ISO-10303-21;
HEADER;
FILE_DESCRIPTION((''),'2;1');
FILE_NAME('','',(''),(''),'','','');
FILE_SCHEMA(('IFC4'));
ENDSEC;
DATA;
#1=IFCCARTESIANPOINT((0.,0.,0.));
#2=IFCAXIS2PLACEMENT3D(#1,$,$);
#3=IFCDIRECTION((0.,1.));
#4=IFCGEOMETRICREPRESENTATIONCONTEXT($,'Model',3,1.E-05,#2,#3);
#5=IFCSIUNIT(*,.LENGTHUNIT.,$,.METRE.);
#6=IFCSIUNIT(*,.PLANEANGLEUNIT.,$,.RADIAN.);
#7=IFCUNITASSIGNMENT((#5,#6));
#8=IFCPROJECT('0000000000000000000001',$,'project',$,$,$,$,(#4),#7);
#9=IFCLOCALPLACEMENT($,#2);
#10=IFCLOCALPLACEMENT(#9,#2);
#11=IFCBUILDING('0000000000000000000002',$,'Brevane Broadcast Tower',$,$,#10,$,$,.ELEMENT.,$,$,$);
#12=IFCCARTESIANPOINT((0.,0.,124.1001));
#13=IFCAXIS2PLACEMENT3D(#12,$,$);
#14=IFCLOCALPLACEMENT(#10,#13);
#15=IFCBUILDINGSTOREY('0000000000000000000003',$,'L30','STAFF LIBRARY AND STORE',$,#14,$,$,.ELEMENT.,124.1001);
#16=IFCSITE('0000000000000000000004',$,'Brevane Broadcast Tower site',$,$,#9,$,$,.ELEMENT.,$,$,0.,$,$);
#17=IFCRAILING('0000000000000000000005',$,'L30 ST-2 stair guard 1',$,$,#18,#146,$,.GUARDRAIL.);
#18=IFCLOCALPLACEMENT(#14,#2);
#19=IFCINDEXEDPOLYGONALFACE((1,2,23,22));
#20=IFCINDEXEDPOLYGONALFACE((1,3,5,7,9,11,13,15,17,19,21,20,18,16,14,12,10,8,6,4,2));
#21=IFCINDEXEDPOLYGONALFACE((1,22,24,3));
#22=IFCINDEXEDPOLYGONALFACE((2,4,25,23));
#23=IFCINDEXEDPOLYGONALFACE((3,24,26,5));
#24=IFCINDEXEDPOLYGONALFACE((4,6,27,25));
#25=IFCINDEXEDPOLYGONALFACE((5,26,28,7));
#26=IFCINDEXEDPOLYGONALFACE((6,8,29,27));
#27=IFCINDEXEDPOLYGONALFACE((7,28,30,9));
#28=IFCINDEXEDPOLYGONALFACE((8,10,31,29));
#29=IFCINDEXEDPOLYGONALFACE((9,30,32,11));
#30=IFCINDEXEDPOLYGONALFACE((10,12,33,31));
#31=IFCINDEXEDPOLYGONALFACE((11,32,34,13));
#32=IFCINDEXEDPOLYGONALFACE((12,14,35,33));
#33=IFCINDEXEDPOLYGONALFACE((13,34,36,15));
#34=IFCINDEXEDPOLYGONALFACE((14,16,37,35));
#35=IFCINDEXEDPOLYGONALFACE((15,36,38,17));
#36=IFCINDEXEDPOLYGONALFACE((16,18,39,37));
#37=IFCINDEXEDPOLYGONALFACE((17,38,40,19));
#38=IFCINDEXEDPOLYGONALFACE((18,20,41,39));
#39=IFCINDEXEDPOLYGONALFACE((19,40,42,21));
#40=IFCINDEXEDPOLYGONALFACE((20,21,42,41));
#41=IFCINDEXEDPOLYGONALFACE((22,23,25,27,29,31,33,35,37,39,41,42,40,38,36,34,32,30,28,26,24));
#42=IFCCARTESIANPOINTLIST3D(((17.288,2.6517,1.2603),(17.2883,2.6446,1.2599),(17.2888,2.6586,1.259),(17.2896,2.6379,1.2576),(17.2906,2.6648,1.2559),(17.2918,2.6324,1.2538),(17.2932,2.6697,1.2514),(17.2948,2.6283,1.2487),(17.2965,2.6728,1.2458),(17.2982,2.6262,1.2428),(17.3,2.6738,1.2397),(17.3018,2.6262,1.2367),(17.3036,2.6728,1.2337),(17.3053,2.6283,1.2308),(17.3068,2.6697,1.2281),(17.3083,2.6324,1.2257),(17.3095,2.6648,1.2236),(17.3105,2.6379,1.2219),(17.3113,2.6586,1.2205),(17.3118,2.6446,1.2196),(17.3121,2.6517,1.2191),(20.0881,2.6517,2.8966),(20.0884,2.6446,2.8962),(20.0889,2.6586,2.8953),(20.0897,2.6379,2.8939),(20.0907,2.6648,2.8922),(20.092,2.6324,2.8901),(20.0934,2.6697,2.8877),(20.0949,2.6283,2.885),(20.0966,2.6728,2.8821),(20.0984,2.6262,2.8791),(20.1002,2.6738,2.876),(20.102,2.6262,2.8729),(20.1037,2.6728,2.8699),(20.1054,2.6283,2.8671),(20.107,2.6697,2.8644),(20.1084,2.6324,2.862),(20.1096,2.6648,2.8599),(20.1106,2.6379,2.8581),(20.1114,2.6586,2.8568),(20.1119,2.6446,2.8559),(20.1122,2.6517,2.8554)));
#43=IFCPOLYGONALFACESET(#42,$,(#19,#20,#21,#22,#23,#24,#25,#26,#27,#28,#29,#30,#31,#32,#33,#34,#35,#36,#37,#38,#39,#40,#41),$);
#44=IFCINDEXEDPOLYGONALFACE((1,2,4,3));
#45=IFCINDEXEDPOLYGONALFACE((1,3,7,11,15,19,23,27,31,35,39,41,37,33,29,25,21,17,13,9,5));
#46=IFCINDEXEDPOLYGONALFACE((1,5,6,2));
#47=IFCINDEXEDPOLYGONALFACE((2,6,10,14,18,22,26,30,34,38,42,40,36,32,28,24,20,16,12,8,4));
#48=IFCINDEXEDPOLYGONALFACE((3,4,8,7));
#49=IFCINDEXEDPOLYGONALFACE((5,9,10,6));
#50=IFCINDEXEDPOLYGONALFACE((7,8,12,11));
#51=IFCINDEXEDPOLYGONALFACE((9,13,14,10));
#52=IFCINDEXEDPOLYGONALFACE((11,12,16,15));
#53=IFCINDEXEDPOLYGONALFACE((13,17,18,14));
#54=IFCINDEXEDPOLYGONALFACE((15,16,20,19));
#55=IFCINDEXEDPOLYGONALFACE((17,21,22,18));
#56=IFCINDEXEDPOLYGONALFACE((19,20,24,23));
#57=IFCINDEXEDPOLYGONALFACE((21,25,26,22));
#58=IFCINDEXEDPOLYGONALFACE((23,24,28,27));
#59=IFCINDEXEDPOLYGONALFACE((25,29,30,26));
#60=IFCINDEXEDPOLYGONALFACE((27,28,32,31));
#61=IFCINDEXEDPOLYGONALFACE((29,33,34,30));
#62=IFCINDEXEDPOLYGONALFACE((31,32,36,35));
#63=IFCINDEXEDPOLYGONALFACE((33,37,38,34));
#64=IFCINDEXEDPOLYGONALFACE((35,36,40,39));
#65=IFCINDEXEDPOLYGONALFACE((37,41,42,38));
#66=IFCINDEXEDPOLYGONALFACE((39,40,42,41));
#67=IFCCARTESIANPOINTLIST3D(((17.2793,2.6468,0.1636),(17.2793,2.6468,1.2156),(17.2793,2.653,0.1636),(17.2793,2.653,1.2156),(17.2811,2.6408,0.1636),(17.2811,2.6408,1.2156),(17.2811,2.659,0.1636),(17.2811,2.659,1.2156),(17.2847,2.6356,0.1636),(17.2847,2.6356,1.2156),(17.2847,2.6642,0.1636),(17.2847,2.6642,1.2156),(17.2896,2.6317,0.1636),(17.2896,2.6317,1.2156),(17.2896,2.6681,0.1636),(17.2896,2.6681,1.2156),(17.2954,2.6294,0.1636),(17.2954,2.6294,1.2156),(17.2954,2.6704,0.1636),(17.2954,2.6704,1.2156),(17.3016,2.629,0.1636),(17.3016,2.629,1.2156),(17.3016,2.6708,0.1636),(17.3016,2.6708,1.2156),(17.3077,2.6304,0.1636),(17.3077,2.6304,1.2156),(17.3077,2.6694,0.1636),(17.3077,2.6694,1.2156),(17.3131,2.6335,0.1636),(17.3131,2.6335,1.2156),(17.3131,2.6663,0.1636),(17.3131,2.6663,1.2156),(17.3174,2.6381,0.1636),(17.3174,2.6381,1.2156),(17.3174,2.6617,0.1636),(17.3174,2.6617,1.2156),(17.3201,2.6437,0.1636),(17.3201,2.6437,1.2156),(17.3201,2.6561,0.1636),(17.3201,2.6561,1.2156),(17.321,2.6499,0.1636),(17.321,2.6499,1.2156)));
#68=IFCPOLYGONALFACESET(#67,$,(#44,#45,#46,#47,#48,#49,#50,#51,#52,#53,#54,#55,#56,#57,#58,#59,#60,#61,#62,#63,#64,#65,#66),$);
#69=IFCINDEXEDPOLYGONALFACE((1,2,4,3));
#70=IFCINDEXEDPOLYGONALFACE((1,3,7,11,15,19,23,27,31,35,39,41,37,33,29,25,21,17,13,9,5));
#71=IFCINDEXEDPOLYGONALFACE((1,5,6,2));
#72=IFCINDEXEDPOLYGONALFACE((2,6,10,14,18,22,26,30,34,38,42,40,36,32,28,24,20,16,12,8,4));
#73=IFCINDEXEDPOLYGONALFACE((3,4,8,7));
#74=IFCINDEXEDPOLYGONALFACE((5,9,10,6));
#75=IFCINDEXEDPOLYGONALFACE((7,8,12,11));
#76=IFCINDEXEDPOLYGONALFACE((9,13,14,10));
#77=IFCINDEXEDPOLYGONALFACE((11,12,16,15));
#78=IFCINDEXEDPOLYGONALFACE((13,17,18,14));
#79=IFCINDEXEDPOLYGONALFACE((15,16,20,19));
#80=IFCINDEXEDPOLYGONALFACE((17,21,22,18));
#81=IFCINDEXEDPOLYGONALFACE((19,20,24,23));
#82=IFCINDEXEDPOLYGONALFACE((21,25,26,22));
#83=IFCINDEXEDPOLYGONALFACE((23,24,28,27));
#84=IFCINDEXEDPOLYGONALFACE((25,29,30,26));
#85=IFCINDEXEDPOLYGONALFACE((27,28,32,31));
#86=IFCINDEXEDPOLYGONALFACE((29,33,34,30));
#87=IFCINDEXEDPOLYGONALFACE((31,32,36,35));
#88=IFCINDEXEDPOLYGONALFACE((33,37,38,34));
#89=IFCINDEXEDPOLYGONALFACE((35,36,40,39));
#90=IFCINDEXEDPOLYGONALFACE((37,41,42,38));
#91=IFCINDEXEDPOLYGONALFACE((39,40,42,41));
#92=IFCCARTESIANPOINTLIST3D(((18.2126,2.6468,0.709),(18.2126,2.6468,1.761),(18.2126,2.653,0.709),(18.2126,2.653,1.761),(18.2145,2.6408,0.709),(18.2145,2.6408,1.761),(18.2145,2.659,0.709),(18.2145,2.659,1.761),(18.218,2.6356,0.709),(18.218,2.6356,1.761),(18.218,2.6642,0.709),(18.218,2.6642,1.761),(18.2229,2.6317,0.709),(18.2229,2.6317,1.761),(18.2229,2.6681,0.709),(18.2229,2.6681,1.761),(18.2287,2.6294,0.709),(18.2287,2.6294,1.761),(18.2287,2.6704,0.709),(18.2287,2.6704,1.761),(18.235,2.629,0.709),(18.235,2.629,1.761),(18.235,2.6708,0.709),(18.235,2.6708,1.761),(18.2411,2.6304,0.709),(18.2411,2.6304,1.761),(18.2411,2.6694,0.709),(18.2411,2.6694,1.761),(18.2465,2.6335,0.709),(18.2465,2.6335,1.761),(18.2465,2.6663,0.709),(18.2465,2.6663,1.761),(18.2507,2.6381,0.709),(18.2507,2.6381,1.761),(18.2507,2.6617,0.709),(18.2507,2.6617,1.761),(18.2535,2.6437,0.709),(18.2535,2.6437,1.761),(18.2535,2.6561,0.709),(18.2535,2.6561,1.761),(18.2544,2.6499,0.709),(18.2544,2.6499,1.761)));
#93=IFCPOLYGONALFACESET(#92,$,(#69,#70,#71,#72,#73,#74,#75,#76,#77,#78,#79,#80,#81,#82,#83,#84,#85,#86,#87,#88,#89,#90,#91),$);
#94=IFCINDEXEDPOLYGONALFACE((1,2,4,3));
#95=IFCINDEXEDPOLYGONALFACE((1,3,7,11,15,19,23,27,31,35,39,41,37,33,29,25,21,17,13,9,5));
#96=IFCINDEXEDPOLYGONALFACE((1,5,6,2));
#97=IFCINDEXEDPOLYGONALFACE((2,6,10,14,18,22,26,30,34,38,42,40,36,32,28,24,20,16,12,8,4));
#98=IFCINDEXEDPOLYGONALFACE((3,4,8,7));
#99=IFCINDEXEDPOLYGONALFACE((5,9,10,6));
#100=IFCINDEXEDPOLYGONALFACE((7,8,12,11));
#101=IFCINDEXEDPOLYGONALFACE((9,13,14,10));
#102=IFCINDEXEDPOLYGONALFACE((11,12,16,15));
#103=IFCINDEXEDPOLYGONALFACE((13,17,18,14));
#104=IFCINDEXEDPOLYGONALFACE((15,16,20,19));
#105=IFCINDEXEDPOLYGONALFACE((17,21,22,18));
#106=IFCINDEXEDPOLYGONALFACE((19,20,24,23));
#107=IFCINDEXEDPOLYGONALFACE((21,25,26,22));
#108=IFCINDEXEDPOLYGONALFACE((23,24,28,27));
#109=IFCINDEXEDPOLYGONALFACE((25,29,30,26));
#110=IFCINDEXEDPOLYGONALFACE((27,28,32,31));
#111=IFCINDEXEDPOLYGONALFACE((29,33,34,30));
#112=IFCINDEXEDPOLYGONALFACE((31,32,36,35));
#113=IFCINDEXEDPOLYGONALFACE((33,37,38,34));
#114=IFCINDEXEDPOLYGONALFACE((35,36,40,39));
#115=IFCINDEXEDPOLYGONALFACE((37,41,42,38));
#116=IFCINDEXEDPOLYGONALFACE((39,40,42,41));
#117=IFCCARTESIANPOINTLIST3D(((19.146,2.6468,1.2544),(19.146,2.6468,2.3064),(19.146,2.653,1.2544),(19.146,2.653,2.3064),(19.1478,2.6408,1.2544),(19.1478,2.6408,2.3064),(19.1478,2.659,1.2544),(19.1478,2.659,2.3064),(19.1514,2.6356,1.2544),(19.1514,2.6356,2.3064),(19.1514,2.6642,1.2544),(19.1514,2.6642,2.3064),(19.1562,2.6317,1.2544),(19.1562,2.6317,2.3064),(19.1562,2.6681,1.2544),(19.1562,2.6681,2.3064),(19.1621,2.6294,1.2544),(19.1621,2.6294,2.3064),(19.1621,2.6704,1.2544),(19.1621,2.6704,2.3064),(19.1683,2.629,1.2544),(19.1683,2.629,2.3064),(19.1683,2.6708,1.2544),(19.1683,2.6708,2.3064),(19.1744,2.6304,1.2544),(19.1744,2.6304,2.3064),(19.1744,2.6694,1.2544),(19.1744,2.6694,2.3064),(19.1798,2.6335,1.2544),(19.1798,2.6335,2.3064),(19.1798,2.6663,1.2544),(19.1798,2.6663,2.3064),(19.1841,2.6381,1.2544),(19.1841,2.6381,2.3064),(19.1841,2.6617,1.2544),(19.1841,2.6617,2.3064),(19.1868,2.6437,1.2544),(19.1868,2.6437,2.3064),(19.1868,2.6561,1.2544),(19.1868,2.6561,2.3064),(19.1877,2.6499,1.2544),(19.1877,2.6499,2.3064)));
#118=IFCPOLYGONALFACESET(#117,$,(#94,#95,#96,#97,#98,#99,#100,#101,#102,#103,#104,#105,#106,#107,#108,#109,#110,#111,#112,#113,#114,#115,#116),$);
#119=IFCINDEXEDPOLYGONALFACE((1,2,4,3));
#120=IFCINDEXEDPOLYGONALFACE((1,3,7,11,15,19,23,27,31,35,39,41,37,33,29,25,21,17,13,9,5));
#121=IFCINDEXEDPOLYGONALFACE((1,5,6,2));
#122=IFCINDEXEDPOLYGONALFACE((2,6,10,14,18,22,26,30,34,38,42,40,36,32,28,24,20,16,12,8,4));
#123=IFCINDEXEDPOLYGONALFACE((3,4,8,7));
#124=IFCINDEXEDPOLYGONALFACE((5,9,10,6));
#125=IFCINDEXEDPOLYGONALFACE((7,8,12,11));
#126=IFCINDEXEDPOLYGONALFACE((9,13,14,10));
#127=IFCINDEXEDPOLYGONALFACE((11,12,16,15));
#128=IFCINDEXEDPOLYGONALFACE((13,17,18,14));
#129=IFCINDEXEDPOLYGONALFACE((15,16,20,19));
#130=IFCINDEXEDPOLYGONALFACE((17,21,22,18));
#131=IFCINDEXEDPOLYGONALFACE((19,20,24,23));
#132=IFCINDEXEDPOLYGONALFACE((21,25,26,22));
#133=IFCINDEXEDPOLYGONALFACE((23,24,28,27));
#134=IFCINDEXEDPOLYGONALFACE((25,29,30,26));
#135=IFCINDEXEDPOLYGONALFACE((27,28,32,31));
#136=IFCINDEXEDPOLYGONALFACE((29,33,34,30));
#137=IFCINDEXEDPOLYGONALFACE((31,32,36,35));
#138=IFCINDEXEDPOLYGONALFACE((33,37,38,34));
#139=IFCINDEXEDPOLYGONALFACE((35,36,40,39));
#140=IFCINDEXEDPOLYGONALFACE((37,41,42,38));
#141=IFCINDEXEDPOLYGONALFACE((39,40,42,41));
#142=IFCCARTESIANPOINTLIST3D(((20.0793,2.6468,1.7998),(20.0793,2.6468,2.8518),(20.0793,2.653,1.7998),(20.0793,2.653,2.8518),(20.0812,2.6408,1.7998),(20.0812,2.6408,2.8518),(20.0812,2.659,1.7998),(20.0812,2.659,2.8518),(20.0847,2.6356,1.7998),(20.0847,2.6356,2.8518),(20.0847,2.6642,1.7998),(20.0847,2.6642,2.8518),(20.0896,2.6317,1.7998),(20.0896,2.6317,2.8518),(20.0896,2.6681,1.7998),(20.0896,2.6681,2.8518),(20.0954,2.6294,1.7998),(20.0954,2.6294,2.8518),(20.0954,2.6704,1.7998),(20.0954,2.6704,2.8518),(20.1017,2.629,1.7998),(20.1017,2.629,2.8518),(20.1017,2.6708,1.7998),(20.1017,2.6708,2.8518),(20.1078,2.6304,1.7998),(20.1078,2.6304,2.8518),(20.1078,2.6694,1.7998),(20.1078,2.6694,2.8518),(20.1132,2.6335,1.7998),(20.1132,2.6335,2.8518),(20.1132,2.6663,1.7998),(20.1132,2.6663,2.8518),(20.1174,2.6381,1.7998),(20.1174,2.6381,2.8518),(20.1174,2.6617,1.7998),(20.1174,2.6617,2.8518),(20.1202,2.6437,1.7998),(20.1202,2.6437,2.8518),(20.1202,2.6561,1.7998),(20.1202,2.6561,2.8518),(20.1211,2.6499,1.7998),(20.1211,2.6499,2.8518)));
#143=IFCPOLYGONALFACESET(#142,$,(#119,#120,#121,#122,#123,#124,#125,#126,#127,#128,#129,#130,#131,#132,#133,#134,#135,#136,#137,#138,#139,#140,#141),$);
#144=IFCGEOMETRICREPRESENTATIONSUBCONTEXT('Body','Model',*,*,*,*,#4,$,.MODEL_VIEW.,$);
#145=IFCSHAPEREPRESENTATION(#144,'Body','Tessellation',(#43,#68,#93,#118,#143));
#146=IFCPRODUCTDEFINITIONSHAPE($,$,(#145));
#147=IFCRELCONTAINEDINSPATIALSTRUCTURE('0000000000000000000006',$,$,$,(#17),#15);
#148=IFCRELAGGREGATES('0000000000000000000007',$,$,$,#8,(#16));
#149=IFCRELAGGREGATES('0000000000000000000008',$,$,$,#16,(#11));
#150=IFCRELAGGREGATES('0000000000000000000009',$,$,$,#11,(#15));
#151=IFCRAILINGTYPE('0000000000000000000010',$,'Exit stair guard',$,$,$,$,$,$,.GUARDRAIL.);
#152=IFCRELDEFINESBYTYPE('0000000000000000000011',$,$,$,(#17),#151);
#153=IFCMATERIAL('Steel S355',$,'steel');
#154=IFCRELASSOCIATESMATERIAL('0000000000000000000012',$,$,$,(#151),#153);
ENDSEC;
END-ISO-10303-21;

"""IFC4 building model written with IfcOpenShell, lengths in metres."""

from ifc_helpers import new_model, si_unit, direction, frame, origin, origin_2d, place, context, subcontext, project, spatial, circle, extrude, material, type_object, element, save


model = new_model("IFC4")

# Units and contexts
model_context = context("Model", 3, precision=1e-05, world=origin(), true_north=direction((0.0, 1.0)))
body_context = subcontext(model_context, "Body", "Model", "MODEL_VIEW")
ifc_project = project(units=[si_unit("LENGTHUNIT", "METRE"), si_unit("PLANEANGLEUNIT", "RADIAN")], contexts=[model_context])

# Site, building, storey
site_placement = place(None, origin())
site = spatial("IfcSite", under=ifc_project, at=site_placement, Name="Brevane Broadcast Tower site", CompositionType="ELEMENT", RefElevation=0.0)
building_placement = place(site_placement, origin())
building = spatial("IfcBuilding", under=site, at=building_placement, Name="Brevane Broadcast Tower", CompositionType="ELEMENT")
storey_placement = place(building_placement, frame((0.0, 0.0, 124.1001)))
storey = spatial("IfcBuildingStorey", under=building, at=storey_placement, Name="L30", Description="STAFF LIBRARY AND STORE", CompositionType="ELEMENT", Elevation=124.1001)

# Railing
ifc_material_1 = material(Name="Steel S355", Category="steel")
railing_type_1 = type_object("IfcRailingType", Name="Exit stair guard", PredefinedType="GUARDRAIL", material=ifc_material_1)
railing_1_placement = place(storey_placement, frame((17.3, 2.6499, 0.1636)))
element("IfcRailing", 1, at=railing_1_placement, inside=storey, type_object=railing_type_1, Name="L30 ST-2 stair guard 1", PredefinedType="GUARDRAIL", context=body_context, shape_type="SweptSolid", body=[
    extrude(circle(Radius=0.0239, at=origin_2d()), frame((0.0, 0.0, 1.0762), z_axis=(0.863394, 0.0, 0.504531), x_axis=(0.0, 1.0, 0.0)), (0.0, 0.0, 1.0), 3.2432),
    extrude(circle(Radius=0.021, at=origin_2d()), origin(), (0.0, 0.0, 1.0), 1.052),
    extrude(circle(Radius=0.021, at=origin_2d()), frame((0.9333, 0.0, 0.5454)), (0.0, 0.0, 1.0), 1.052),
    extrude(circle(Radius=0.021, at=origin_2d()), frame((1.8667, 0.0, 1.0908)), (0.0, 0.0, 1.0), 1.052),
    extrude(circle(Radius=0.021, at=origin_2d()), frame((2.8, 0.0, 1.6362)), (0.0, 0.0, 1.0), 1.052),
])

save(model, "model.ifc")
